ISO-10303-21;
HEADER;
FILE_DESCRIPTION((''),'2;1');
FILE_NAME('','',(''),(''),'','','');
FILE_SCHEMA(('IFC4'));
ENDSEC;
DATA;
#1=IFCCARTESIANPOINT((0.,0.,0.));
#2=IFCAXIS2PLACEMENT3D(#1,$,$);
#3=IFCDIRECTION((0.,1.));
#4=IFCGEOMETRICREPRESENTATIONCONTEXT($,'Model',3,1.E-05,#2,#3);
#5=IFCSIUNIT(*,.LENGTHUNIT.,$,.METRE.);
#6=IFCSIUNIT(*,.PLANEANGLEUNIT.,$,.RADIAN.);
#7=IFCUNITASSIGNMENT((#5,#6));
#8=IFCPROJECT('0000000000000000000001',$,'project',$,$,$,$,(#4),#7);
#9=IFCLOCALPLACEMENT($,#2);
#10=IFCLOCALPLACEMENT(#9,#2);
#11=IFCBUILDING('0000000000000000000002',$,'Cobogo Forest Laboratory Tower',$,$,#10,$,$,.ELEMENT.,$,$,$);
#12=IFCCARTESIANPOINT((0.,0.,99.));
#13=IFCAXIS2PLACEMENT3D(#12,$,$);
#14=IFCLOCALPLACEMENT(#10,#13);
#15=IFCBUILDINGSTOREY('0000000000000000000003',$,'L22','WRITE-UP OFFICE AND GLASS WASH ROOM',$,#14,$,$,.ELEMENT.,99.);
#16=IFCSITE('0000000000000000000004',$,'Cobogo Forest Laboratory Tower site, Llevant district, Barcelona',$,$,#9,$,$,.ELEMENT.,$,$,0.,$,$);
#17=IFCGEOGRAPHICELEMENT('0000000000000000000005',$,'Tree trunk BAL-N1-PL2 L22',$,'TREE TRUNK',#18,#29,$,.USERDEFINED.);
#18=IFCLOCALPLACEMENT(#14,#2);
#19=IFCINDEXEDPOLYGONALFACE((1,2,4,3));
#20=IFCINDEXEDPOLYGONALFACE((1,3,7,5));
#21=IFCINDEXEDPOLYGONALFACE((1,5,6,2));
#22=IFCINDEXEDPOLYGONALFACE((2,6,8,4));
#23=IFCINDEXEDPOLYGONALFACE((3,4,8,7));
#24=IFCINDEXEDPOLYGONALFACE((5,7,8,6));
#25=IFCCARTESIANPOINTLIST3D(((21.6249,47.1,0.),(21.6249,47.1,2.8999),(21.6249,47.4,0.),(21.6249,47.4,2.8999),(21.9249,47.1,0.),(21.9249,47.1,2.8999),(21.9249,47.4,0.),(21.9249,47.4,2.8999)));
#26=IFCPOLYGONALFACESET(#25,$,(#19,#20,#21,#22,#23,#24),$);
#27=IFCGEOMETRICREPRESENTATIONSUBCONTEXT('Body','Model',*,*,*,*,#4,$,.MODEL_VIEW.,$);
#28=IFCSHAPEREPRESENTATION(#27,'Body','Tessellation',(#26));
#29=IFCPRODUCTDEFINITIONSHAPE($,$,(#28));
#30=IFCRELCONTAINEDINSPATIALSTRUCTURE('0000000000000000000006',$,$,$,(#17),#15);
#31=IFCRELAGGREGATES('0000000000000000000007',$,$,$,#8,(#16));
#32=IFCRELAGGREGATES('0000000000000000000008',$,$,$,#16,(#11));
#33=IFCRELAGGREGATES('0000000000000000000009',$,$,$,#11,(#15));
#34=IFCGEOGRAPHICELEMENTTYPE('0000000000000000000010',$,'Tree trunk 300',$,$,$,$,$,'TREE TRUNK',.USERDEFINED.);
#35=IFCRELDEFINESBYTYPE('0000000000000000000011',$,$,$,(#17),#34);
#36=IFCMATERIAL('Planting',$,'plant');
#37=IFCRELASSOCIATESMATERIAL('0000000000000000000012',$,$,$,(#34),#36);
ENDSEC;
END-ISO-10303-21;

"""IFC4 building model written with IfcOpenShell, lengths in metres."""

from ifc_helpers import new_model, si_unit, direction, frame, origin, origin_2d, place, context, subcontext, project, spatial, rectangle, extrude, material, type_object, element, save


model = new_model("IFC4")

# Units and contexts
model_context = context("Model", 3, precision=1e-05, world=origin(), true_north=direction((0.0, 1.0)))
body_context = subcontext(model_context, "Body", "Model", "MODEL_VIEW")
ifc_project = project(units=[si_unit("LENGTHUNIT", "METRE"), si_unit("PLANEANGLEUNIT", "RADIAN")], contexts=[model_context])

# Site, building, storey
site_placement = place(None, origin())
site = spatial("IfcSite", under=ifc_project, at=site_placement, Name="Cobogo Forest Laboratory Tower site, Llevant district, Barcelona", CompositionType="ELEMENT", RefElevation=0.0)
building_placement = place(site_placement, origin())
building = spatial("IfcBuilding", under=site, at=building_placement, Name="Cobogo Forest Laboratory Tower", CompositionType="ELEMENT")
storey_placement = place(building_placement, frame((0.0, 0.0, 99.0)))
storey = spatial("IfcBuildingStorey", under=building, at=storey_placement, Name="L22", Description="WRITE-UP OFFICE AND GLASS WASH ROOM", CompositionType="ELEMENT", Elevation=99.0)

# Geographic element
ifc_material_1 = material(Name="Planting", Category="plant")
geographic_element_type = type_object("IfcGeographicElementType", Name="Tree trunk 300", ElementType="TREE TRUNK", PredefinedType="USERDEFINED", material=ifc_material_1)
geographic_element_placement = place(storey_placement, frame((21.7749, 47.25, 0.0), z_axis=(0.0, 0.0, 1.0), x_axis=(1.0, 0.0, 0.0)))
element("IfcGeographicElement", 1, at=geographic_element_placement, inside=storey, type_object=geographic_element_type, Name="Tree trunk BAL-N1-PL2 L22", ObjectType="TREE TRUNK", PredefinedType="USERDEFINED", context=body_context, shape_type="SweptSolid", body=[
    extrude(rectangle(XDim=0.3, YDim=0.3, at=origin_2d()), origin(), (0.0, 0.0, 1.0), 2.8999),
])

save(model, "model.ifc")
